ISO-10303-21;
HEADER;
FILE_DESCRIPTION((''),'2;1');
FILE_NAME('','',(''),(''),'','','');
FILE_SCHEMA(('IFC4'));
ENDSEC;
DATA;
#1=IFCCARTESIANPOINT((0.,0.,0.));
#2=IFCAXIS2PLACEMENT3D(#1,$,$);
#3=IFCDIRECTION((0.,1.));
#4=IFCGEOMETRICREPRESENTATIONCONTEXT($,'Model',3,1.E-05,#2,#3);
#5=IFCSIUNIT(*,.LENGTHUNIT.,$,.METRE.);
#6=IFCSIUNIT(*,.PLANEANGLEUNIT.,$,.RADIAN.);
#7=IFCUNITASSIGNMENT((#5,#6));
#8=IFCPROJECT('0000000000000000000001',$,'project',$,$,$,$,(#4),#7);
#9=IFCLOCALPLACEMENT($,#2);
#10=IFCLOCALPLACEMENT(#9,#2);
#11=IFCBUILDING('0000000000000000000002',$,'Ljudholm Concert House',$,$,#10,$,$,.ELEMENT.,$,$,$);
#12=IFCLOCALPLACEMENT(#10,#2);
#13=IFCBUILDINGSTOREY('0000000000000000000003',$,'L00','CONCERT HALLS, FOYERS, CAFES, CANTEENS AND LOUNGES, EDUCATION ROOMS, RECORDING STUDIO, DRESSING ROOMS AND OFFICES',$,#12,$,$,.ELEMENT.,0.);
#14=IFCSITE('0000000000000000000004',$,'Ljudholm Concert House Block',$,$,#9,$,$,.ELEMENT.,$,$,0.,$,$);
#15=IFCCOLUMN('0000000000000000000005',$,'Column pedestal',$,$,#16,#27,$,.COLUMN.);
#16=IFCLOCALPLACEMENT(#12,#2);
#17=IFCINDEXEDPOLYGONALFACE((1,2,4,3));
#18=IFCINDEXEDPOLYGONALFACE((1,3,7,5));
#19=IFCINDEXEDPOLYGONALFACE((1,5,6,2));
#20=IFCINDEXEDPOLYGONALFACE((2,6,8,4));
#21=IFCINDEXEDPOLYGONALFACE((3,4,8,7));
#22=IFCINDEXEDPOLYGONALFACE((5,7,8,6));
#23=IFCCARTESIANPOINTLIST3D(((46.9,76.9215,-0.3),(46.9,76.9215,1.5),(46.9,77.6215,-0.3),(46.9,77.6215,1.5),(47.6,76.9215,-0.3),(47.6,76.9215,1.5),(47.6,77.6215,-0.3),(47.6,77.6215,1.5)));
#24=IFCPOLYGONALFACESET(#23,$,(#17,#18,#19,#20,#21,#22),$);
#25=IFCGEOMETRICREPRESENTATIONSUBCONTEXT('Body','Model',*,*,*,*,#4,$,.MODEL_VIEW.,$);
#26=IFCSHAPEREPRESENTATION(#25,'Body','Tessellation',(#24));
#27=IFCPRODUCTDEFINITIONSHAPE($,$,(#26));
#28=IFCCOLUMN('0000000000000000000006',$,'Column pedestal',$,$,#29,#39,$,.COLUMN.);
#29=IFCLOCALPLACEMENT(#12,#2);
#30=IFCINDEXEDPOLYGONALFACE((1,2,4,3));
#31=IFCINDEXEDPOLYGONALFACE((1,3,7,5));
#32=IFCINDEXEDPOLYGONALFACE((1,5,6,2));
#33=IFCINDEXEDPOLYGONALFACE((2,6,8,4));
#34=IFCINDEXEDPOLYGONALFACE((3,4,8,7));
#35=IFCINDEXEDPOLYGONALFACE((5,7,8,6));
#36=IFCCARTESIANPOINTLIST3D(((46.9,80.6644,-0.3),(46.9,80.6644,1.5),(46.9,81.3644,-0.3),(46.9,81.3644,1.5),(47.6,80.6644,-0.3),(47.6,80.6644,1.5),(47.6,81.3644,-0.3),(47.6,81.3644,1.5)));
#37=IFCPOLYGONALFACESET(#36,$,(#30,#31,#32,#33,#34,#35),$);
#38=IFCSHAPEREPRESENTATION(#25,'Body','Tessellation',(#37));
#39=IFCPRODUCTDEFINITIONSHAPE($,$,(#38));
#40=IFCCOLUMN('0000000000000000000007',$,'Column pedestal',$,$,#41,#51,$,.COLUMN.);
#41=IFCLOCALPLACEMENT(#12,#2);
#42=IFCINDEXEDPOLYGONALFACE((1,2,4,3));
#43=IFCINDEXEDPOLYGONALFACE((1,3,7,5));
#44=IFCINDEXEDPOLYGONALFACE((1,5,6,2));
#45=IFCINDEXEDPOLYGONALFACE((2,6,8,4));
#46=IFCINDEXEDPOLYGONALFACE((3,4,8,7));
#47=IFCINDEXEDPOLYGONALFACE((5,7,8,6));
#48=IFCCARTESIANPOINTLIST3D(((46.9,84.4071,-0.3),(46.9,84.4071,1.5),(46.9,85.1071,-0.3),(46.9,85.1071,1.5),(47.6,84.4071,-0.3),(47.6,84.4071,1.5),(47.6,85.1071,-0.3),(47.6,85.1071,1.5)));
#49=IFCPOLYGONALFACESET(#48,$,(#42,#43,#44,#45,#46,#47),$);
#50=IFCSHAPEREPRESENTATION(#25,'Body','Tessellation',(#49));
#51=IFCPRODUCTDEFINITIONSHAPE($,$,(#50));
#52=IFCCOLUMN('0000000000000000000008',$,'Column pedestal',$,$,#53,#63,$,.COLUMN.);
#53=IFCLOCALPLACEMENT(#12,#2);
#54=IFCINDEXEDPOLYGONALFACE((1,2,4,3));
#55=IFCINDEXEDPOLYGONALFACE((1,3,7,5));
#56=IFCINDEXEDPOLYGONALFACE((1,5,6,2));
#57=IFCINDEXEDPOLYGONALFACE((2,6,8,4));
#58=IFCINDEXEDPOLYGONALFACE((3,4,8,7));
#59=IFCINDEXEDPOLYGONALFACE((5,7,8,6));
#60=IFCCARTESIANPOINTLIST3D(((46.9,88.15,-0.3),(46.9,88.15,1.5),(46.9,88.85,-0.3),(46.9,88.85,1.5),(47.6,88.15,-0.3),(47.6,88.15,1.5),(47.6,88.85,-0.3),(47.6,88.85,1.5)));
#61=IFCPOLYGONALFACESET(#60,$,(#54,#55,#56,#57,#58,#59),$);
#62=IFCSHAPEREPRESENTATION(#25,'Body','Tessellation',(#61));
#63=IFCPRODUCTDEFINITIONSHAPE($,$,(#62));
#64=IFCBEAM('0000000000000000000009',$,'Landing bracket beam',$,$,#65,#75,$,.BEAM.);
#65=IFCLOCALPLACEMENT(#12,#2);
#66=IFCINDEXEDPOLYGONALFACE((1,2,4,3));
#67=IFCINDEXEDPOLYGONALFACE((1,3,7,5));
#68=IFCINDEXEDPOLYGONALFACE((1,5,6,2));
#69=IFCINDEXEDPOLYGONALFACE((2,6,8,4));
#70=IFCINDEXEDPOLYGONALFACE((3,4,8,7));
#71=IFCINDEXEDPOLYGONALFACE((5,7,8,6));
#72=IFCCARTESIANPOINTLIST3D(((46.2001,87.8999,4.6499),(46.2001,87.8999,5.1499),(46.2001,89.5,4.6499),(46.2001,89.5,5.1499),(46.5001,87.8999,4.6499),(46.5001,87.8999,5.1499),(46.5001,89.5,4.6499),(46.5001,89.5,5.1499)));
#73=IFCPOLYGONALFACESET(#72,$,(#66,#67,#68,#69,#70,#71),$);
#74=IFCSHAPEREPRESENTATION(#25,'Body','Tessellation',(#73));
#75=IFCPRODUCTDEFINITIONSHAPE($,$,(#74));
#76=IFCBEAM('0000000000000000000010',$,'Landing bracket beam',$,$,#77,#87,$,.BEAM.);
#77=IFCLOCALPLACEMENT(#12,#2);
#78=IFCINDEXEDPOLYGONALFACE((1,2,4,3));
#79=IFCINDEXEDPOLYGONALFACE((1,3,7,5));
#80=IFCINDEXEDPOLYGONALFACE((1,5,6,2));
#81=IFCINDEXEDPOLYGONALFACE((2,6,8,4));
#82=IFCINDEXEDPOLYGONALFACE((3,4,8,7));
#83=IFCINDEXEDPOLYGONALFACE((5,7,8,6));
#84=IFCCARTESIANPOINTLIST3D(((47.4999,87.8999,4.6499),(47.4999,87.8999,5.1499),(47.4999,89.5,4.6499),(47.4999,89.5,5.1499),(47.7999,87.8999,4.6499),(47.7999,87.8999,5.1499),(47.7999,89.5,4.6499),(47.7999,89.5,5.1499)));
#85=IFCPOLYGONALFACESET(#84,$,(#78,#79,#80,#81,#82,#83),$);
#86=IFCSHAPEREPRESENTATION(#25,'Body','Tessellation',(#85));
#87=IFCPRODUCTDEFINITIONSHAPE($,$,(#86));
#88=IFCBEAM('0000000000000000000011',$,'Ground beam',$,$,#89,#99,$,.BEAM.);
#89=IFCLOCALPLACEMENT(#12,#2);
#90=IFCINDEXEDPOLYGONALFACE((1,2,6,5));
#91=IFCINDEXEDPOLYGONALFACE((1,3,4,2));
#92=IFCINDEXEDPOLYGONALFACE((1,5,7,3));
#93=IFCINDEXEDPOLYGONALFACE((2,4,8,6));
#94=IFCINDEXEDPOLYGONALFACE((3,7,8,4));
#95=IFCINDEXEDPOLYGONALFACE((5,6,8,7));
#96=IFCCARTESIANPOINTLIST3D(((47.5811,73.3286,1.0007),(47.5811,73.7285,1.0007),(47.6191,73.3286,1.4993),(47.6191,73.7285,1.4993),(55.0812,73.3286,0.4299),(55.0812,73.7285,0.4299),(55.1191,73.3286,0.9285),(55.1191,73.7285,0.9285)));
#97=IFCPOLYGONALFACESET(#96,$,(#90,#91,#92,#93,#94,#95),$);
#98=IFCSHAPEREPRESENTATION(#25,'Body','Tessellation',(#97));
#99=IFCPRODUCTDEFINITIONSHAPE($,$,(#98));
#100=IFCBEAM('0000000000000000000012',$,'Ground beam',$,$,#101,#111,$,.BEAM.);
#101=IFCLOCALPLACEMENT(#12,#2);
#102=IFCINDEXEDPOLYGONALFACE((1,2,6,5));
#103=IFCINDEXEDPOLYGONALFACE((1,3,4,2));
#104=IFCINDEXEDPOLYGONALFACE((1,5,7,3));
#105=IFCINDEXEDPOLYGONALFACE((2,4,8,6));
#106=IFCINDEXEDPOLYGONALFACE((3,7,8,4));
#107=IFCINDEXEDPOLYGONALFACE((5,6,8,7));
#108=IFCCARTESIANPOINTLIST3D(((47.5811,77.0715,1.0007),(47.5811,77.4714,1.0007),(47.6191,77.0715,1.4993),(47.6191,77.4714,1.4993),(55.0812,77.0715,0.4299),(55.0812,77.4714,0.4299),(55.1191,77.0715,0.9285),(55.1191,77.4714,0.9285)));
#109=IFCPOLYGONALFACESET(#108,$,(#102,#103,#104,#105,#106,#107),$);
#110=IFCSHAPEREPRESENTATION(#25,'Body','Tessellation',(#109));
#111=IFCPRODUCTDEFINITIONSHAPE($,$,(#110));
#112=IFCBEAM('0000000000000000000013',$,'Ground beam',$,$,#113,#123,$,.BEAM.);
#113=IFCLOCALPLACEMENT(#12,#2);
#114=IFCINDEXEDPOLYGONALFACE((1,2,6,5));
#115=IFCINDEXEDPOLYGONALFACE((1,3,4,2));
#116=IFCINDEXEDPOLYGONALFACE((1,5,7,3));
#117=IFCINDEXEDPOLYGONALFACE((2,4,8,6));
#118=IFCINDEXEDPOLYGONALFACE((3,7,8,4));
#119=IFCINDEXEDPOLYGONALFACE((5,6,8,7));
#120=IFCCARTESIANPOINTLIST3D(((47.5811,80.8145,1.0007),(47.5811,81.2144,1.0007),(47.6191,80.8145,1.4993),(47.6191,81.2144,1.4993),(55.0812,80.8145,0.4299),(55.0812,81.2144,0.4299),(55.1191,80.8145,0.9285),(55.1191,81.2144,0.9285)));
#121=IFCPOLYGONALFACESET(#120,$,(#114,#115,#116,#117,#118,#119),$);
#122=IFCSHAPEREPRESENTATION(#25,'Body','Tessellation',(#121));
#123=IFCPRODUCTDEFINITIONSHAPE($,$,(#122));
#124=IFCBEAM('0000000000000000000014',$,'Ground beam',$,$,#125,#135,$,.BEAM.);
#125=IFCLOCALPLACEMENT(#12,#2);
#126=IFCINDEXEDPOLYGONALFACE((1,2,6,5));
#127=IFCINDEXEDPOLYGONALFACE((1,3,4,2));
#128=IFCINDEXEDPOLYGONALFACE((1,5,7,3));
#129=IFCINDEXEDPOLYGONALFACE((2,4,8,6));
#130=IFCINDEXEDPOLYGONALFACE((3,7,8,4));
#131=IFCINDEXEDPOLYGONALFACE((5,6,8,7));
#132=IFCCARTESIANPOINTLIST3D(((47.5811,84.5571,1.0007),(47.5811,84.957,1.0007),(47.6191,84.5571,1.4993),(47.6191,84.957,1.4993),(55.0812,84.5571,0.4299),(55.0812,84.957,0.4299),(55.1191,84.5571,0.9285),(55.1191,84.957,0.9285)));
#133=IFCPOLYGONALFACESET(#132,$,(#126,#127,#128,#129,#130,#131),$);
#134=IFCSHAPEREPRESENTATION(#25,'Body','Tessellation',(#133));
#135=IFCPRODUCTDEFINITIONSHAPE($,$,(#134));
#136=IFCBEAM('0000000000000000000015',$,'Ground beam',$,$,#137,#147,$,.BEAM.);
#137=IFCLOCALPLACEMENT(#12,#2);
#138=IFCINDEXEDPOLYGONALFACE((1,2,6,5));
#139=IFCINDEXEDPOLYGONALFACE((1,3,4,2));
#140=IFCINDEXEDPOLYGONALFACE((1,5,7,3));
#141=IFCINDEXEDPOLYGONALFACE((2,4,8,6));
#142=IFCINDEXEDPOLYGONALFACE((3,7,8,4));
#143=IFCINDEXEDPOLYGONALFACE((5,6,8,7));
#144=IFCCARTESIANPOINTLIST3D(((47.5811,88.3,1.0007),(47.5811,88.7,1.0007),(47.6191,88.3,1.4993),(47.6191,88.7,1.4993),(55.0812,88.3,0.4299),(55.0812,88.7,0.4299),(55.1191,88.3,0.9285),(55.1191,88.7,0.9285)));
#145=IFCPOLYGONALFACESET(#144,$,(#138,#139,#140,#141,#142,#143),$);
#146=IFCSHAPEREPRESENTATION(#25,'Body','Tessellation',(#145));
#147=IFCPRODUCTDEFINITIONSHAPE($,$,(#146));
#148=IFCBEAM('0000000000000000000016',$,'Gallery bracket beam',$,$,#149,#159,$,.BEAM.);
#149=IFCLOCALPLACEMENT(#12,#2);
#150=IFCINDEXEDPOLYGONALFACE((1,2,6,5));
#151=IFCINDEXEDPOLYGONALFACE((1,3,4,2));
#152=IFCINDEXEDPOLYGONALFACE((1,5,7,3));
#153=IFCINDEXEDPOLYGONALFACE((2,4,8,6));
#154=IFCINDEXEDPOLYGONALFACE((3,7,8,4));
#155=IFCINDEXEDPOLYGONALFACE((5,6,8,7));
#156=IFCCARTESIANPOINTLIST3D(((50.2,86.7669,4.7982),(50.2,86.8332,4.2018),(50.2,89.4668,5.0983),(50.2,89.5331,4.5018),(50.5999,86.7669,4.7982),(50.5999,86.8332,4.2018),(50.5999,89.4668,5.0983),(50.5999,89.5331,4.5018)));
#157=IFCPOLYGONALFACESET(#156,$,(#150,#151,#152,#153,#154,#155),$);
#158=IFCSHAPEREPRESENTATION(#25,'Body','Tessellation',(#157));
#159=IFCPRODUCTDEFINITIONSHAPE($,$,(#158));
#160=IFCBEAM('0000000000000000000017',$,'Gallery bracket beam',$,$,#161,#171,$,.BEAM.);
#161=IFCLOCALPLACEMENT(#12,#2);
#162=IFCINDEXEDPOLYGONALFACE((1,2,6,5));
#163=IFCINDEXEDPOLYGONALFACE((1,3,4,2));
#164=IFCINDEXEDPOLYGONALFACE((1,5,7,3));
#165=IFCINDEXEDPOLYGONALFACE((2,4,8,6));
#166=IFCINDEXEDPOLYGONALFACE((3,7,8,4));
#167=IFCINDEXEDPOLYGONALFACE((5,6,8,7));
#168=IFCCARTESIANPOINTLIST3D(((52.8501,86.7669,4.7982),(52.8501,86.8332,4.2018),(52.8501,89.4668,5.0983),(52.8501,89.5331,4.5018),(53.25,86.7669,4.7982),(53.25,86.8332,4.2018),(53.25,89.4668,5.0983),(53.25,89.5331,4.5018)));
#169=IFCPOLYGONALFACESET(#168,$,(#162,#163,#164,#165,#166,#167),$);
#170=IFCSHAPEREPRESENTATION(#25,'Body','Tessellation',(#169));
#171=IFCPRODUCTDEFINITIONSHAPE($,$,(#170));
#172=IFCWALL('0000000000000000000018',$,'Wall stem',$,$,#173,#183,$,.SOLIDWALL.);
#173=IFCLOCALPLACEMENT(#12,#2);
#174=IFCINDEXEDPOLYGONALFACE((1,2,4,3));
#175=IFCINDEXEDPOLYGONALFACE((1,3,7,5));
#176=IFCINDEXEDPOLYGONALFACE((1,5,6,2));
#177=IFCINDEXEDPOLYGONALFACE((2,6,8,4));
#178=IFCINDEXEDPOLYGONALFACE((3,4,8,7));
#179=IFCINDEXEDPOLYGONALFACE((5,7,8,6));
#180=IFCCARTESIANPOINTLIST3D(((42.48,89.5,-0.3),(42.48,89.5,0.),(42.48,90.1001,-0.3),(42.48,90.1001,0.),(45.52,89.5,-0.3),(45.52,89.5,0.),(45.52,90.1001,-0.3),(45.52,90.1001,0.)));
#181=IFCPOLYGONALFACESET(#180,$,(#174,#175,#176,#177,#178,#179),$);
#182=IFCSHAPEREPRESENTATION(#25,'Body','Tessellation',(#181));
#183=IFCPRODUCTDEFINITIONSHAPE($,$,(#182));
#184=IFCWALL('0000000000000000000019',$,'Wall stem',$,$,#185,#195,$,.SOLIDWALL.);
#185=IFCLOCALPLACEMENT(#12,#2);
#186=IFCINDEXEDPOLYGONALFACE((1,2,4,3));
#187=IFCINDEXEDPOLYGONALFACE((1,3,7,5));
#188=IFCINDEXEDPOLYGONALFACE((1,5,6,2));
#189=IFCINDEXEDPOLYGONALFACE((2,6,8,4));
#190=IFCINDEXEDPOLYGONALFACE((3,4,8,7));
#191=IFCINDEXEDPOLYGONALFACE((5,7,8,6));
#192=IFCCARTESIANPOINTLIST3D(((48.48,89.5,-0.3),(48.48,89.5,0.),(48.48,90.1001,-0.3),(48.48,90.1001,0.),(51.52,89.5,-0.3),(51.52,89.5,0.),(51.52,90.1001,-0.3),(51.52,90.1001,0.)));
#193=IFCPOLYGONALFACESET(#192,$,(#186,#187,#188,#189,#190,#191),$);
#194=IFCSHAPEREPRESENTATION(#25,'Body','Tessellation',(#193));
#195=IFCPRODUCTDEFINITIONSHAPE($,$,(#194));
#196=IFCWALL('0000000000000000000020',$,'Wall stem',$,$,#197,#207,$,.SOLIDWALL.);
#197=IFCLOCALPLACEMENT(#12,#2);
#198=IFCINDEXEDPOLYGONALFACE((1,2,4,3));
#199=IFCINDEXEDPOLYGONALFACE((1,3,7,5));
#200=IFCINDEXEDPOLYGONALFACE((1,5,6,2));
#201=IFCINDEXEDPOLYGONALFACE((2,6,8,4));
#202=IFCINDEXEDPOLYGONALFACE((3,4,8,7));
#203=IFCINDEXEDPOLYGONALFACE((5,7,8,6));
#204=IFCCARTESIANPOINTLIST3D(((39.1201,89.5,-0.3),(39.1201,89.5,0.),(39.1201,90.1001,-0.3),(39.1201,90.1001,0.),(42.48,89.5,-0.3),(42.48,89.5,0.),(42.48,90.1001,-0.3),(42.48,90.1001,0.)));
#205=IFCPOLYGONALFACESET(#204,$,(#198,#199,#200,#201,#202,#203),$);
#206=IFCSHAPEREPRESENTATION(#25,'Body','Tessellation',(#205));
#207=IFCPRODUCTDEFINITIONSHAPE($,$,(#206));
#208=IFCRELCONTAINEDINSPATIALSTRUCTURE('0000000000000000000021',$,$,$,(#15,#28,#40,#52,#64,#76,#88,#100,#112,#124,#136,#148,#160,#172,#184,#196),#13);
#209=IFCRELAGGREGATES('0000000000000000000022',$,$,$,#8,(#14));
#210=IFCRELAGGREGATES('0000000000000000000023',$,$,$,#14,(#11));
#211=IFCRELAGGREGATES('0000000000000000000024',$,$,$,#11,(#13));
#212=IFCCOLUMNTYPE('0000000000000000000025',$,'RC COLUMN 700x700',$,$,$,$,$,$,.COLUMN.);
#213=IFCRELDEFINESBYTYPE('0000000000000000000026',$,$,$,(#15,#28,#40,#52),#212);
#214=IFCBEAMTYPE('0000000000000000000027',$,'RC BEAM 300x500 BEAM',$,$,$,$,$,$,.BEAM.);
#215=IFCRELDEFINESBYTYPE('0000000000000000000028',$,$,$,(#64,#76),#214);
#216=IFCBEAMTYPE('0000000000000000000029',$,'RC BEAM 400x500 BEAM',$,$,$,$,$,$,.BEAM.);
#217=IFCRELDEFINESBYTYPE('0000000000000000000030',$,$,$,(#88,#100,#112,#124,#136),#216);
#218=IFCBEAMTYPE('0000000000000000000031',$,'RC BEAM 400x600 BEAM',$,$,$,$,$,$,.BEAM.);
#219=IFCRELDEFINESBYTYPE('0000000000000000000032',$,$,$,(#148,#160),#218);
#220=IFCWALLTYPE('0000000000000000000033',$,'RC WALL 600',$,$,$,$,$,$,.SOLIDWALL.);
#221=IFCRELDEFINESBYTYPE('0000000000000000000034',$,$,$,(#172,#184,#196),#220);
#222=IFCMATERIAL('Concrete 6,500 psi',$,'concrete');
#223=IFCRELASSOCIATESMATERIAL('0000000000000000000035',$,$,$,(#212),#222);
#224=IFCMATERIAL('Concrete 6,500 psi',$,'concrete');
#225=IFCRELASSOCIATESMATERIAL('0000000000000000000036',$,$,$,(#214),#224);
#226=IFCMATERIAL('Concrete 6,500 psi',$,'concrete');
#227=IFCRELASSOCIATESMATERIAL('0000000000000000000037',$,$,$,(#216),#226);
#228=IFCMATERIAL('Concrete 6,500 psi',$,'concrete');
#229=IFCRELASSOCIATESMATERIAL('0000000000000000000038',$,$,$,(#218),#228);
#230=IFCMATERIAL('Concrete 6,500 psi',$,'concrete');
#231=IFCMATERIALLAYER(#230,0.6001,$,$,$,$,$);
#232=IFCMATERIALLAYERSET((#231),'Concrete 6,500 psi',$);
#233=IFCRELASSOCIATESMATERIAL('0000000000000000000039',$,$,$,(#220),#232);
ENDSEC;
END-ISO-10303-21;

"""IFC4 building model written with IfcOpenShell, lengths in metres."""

from ifc_helpers import new_model, si_unit, direction, frame, frame_2d, origin, origin_2d, place, context, subcontext, project, spatial, rectangle, extrude, material, layer, layer_set, material_profile, profile_set, type_object, element, save


model = new_model("IFC4")

# Units and contexts
model_context = context("Model", 3, precision=1e-05, world=origin(), true_north=direction((0.0, 1.0)))
body_context = subcontext(model_context, "Body", "Model", "MODEL_VIEW")
ifc_project = project(units=[si_unit("LENGTHUNIT", "METRE"), si_unit("PLANEANGLEUNIT", "RADIAN")], contexts=[model_context])

# Site, building, storey
site_placement = place(None, origin())
site = spatial("IfcSite", under=ifc_project, at=site_placement, Name="Ljudholm Concert House Block", CompositionType="ELEMENT", RefElevation=0.0)
building_placement = place(site_placement, origin())
building = spatial("IfcBuilding", under=site, at=building_placement, Name="Ljudholm Concert House", CompositionType="ELEMENT")
storey_placement = place(building_placement, origin())
storey = spatial("IfcBuildingStorey", under=building, at=storey_placement, Name="L00", Description="CONCERT HALLS, FOYERS, CAFES, CANTEENS AND LOUNGES, EDUCATION ROOMS, RECORDING STUDIO, DRESSING ROOMS AND OFFICES", CompositionType="ELEMENT", Elevation=0.0)

# Columns
ifc_material_1 = material(Name="Concrete 6,500 psi", Category="concrete")
ifc_material_profile_1 = material_profile(ifc_material_1, rectangle(XDim=0.7, YDim=0.7, at=origin_2d()), Name="RC COLUMN 700x700")
ifc_profile_set_1 = profile_set([ifc_material_profile_1], Name="Concrete 6,500 psi")
column_type = type_object("IfcColumnType", Name="RC COLUMN 700x700", PredefinedType="COLUMN", material=ifc_profile_set_1)
for number, where, z_axis, x_axis, name in (
    (1, (47.25, 77.2715, -0.3), (0.0, 0.0, 1.0), (1.0, 0.0, 0.0), "Column pedestal"),
    (2, (47.25, 81.0144, -0.3), (0.0, 0.0, 1.0), (1.0, 0.0, 0.0), "Column pedestal"),
    (3, (47.25, 84.7571, -0.3), (0.0, 0.0, 1.0), (1.0, 0.0, 0.0), "Column pedestal"),
    (4, (47.25, 88.5, -0.3), (0.0, 0.0, 1.0), (1.0, 0.0, 0.0), "Column pedestal"),
):
    element("IfcColumn", number, at=place(storey_placement, frame(where, z_axis=z_axis, x_axis=x_axis)), inside=storey, type_object=column_type, Name=name, PredefinedType="COLUMN", context=body_context, shape_type="SweptSolid", body=[
        extrude(rectangle(XDim=0.7, YDim=0.7, at=origin_2d()), origin(), (0.0, 0.0, 1.0), 1.8),
    ])

# Beams
ifc_material_2 = material(Name="Concrete 6,500 psi", Category="concrete")
ifc_material_profile_2 = material_profile(ifc_material_2, rectangle(XDim=0.3, YDim=0.5, at=origin_2d()), Name="RC BEAM 300x500 BEAM")
ifc_profile_set_2 = profile_set([ifc_material_profile_2], Name="Concrete 6,500 psi")
beam_type_1 = type_object("IfcBeamType", Name="RC BEAM 300x500 BEAM", PredefinedType="BEAM", material=ifc_profile_set_2)
for number, where, z_axis, x_axis, name in (
    (5, (46.3501, 87.8999, 4.8999), (0.0, 1.0, 0.0), (-1.0, 0.0, 0.0), "Landing bracket beam"),
    (6, (47.6499, 87.8999, 4.8999), (0.0, 1.0, 0.0), (-1.0, 0.0, 0.0), "Landing bracket beam"),
):
    element("IfcBeam", number, at=place(storey_placement, frame(where, z_axis=z_axis, x_axis=x_axis)), inside=storey, type_object=beam_type_1, Name=name, PredefinedType="BEAM", context=body_context, shape_type="SweptSolid", body=[
        extrude(rectangle(XDim=0.3, YDim=0.5, at=origin_2d()), origin(), (0.0, 0.0, 1.0), 1.6001),
    ])
ifc_material_3 = material(Name="Concrete 6,500 psi", Category="concrete")
ifc_material_profile_3 = material_profile(ifc_material_3, rectangle(XDim=0.3999, YDim=0.5, at=origin_2d()), Name="RC BEAM 400x500 BEAM")
ifc_profile_set_3 = profile_set([ifc_material_profile_3], Name="Concrete 6,500 psi")
beam_type_2 = type_object("IfcBeamType", Name="RC BEAM 400x500 BEAM", PredefinedType="BEAM", material=ifc_profile_set_3)
for number, where, z_axis, x_axis, name in (
    (7, (47.6001, 73.5286, 1.25), (0.997116, 0.0, -0.075887), (0.0, 1.0, 0.0), "Ground beam"),
    (8, (47.6001, 77.2715, 1.25), (0.997116, 0.0, -0.075887), (0.0, 1.0, 0.0), "Ground beam"),
    (9, (47.6001, 81.0144, 1.25), (0.997116, 0.0, -0.075887), (0.0, 1.0, 0.0), "Ground beam"),
    (10, (47.6001, 84.7571, 1.25), (0.997116, 0.0, -0.075887), (0.0, 1.0, 0.0), "Ground beam"),
    (11, (47.6001, 88.5, 1.25), (0.997116, 0.0, -0.075887), (0.0, 1.0, 0.0), "Ground beam"),
):
    element("IfcBeam", number, at=place(storey_placement, frame(where, z_axis=z_axis, x_axis=x_axis)), inside=storey, type_object=beam_type_2, Name=name, PredefinedType="BEAM", context=body_context, shape_type="SweptSolid", body=[
        extrude(rectangle(XDim=0.3999, YDim=0.5, at=origin_2d()), origin(), (0.0, 0.0, 1.0), 7.5217),
    ])
ifc_material_4 = material(Name="Concrete 6,500 psi", Category="concrete")
ifc_material_profile_4 = material_profile(ifc_material_4, rectangle(XDim=0.3999, YDim=0.6001, at=origin_2d()), Name="RC BEAM 400x600 BEAM")
ifc_profile_set_4 = profile_set([ifc_material_profile_4], Name="Concrete 6,500 psi")
beam_type_3 = type_object("IfcBeamType", Name="RC BEAM 400x600 BEAM", PredefinedType="BEAM", material=ifc_profile_set_4)
for number, where, z_axis, x_axis, name in (
    (12, (50.3999, 86.8, 4.5), (0.0, 0.993882, 0.110451), (-1.0, 0.0, 0.0), "Gallery bracket beam"),
    (13, (53.05, 86.8, 4.5), (0.0, 0.993882, 0.110451), (-1.0, 0.0, 0.0), "Gallery bracket beam"),
):
    element("IfcBeam", number, at=place(storey_placement, frame(where, z_axis=z_axis, x_axis=x_axis)), inside=storey, type_object=beam_type_3, Name=name, PredefinedType="BEAM", context=body_context, shape_type="SweptSolid", body=[
        extrude(rectangle(XDim=0.3999, YDim=0.6001, at=origin_2d()), origin(), (0.0, 0.0, 1.0), 2.7166),
    ])

# Walls
ifc_material_5 = material(Name="Concrete 6,500 psi", Category="concrete")
ifc_layer = layer(ifc_material_5, 0.6001)
ifc_layer_set = layer_set([ifc_layer], Name="Concrete 6,500 psi")
wall_type = type_object("IfcWallType", Name="RC WALL 600", PredefinedType="SOLIDWALL", material=ifc_layer_set)
for number, where, z_axis, x_axis, name in (
    (14, (42.48, 89.8, -0.3), (0.0, 0.0, 1.0), (1.0, 0.0, 0.0), "Wall stem"),
    (15, (48.48, 89.8, -0.3), (0.0, 0.0, 1.0), (1.0, 0.0, 0.0), "Wall stem"),
):
    element("IfcWall", number, at=place(storey_placement, frame(where, z_axis=z_axis, x_axis=x_axis)), inside=storey, type_object=wall_type, Name=name, PredefinedType="SOLIDWALL", context=body_context, shape_type="SweptSolid", body=[
        extrude(rectangle(XDim=3.04, YDim=0.6001, at=frame_2d((1.52, 0.0))), origin(), (0.0, 0.0, 1.0), 0.3),
    ])
wall_1_placement = place(storey_placement, frame((39.1201, 89.8, -0.3), z_axis=(0.0, 0.0, 1.0), x_axis=(1.0, 0.0, 0.0)))
element("IfcWall", 16, at=wall_1_placement, inside=storey, type_object=wall_type, Name="Wall stem", PredefinedType="SOLIDWALL", context=body_context, shape_type="SweptSolid", body=[
    extrude(rectangle(XDim=3.3599, YDim=0.6001, at=frame_2d((1.6799, 0.0))), origin(), (0.0, 0.0, 1.0), 0.3),
])

save(model, "model.ifc")
